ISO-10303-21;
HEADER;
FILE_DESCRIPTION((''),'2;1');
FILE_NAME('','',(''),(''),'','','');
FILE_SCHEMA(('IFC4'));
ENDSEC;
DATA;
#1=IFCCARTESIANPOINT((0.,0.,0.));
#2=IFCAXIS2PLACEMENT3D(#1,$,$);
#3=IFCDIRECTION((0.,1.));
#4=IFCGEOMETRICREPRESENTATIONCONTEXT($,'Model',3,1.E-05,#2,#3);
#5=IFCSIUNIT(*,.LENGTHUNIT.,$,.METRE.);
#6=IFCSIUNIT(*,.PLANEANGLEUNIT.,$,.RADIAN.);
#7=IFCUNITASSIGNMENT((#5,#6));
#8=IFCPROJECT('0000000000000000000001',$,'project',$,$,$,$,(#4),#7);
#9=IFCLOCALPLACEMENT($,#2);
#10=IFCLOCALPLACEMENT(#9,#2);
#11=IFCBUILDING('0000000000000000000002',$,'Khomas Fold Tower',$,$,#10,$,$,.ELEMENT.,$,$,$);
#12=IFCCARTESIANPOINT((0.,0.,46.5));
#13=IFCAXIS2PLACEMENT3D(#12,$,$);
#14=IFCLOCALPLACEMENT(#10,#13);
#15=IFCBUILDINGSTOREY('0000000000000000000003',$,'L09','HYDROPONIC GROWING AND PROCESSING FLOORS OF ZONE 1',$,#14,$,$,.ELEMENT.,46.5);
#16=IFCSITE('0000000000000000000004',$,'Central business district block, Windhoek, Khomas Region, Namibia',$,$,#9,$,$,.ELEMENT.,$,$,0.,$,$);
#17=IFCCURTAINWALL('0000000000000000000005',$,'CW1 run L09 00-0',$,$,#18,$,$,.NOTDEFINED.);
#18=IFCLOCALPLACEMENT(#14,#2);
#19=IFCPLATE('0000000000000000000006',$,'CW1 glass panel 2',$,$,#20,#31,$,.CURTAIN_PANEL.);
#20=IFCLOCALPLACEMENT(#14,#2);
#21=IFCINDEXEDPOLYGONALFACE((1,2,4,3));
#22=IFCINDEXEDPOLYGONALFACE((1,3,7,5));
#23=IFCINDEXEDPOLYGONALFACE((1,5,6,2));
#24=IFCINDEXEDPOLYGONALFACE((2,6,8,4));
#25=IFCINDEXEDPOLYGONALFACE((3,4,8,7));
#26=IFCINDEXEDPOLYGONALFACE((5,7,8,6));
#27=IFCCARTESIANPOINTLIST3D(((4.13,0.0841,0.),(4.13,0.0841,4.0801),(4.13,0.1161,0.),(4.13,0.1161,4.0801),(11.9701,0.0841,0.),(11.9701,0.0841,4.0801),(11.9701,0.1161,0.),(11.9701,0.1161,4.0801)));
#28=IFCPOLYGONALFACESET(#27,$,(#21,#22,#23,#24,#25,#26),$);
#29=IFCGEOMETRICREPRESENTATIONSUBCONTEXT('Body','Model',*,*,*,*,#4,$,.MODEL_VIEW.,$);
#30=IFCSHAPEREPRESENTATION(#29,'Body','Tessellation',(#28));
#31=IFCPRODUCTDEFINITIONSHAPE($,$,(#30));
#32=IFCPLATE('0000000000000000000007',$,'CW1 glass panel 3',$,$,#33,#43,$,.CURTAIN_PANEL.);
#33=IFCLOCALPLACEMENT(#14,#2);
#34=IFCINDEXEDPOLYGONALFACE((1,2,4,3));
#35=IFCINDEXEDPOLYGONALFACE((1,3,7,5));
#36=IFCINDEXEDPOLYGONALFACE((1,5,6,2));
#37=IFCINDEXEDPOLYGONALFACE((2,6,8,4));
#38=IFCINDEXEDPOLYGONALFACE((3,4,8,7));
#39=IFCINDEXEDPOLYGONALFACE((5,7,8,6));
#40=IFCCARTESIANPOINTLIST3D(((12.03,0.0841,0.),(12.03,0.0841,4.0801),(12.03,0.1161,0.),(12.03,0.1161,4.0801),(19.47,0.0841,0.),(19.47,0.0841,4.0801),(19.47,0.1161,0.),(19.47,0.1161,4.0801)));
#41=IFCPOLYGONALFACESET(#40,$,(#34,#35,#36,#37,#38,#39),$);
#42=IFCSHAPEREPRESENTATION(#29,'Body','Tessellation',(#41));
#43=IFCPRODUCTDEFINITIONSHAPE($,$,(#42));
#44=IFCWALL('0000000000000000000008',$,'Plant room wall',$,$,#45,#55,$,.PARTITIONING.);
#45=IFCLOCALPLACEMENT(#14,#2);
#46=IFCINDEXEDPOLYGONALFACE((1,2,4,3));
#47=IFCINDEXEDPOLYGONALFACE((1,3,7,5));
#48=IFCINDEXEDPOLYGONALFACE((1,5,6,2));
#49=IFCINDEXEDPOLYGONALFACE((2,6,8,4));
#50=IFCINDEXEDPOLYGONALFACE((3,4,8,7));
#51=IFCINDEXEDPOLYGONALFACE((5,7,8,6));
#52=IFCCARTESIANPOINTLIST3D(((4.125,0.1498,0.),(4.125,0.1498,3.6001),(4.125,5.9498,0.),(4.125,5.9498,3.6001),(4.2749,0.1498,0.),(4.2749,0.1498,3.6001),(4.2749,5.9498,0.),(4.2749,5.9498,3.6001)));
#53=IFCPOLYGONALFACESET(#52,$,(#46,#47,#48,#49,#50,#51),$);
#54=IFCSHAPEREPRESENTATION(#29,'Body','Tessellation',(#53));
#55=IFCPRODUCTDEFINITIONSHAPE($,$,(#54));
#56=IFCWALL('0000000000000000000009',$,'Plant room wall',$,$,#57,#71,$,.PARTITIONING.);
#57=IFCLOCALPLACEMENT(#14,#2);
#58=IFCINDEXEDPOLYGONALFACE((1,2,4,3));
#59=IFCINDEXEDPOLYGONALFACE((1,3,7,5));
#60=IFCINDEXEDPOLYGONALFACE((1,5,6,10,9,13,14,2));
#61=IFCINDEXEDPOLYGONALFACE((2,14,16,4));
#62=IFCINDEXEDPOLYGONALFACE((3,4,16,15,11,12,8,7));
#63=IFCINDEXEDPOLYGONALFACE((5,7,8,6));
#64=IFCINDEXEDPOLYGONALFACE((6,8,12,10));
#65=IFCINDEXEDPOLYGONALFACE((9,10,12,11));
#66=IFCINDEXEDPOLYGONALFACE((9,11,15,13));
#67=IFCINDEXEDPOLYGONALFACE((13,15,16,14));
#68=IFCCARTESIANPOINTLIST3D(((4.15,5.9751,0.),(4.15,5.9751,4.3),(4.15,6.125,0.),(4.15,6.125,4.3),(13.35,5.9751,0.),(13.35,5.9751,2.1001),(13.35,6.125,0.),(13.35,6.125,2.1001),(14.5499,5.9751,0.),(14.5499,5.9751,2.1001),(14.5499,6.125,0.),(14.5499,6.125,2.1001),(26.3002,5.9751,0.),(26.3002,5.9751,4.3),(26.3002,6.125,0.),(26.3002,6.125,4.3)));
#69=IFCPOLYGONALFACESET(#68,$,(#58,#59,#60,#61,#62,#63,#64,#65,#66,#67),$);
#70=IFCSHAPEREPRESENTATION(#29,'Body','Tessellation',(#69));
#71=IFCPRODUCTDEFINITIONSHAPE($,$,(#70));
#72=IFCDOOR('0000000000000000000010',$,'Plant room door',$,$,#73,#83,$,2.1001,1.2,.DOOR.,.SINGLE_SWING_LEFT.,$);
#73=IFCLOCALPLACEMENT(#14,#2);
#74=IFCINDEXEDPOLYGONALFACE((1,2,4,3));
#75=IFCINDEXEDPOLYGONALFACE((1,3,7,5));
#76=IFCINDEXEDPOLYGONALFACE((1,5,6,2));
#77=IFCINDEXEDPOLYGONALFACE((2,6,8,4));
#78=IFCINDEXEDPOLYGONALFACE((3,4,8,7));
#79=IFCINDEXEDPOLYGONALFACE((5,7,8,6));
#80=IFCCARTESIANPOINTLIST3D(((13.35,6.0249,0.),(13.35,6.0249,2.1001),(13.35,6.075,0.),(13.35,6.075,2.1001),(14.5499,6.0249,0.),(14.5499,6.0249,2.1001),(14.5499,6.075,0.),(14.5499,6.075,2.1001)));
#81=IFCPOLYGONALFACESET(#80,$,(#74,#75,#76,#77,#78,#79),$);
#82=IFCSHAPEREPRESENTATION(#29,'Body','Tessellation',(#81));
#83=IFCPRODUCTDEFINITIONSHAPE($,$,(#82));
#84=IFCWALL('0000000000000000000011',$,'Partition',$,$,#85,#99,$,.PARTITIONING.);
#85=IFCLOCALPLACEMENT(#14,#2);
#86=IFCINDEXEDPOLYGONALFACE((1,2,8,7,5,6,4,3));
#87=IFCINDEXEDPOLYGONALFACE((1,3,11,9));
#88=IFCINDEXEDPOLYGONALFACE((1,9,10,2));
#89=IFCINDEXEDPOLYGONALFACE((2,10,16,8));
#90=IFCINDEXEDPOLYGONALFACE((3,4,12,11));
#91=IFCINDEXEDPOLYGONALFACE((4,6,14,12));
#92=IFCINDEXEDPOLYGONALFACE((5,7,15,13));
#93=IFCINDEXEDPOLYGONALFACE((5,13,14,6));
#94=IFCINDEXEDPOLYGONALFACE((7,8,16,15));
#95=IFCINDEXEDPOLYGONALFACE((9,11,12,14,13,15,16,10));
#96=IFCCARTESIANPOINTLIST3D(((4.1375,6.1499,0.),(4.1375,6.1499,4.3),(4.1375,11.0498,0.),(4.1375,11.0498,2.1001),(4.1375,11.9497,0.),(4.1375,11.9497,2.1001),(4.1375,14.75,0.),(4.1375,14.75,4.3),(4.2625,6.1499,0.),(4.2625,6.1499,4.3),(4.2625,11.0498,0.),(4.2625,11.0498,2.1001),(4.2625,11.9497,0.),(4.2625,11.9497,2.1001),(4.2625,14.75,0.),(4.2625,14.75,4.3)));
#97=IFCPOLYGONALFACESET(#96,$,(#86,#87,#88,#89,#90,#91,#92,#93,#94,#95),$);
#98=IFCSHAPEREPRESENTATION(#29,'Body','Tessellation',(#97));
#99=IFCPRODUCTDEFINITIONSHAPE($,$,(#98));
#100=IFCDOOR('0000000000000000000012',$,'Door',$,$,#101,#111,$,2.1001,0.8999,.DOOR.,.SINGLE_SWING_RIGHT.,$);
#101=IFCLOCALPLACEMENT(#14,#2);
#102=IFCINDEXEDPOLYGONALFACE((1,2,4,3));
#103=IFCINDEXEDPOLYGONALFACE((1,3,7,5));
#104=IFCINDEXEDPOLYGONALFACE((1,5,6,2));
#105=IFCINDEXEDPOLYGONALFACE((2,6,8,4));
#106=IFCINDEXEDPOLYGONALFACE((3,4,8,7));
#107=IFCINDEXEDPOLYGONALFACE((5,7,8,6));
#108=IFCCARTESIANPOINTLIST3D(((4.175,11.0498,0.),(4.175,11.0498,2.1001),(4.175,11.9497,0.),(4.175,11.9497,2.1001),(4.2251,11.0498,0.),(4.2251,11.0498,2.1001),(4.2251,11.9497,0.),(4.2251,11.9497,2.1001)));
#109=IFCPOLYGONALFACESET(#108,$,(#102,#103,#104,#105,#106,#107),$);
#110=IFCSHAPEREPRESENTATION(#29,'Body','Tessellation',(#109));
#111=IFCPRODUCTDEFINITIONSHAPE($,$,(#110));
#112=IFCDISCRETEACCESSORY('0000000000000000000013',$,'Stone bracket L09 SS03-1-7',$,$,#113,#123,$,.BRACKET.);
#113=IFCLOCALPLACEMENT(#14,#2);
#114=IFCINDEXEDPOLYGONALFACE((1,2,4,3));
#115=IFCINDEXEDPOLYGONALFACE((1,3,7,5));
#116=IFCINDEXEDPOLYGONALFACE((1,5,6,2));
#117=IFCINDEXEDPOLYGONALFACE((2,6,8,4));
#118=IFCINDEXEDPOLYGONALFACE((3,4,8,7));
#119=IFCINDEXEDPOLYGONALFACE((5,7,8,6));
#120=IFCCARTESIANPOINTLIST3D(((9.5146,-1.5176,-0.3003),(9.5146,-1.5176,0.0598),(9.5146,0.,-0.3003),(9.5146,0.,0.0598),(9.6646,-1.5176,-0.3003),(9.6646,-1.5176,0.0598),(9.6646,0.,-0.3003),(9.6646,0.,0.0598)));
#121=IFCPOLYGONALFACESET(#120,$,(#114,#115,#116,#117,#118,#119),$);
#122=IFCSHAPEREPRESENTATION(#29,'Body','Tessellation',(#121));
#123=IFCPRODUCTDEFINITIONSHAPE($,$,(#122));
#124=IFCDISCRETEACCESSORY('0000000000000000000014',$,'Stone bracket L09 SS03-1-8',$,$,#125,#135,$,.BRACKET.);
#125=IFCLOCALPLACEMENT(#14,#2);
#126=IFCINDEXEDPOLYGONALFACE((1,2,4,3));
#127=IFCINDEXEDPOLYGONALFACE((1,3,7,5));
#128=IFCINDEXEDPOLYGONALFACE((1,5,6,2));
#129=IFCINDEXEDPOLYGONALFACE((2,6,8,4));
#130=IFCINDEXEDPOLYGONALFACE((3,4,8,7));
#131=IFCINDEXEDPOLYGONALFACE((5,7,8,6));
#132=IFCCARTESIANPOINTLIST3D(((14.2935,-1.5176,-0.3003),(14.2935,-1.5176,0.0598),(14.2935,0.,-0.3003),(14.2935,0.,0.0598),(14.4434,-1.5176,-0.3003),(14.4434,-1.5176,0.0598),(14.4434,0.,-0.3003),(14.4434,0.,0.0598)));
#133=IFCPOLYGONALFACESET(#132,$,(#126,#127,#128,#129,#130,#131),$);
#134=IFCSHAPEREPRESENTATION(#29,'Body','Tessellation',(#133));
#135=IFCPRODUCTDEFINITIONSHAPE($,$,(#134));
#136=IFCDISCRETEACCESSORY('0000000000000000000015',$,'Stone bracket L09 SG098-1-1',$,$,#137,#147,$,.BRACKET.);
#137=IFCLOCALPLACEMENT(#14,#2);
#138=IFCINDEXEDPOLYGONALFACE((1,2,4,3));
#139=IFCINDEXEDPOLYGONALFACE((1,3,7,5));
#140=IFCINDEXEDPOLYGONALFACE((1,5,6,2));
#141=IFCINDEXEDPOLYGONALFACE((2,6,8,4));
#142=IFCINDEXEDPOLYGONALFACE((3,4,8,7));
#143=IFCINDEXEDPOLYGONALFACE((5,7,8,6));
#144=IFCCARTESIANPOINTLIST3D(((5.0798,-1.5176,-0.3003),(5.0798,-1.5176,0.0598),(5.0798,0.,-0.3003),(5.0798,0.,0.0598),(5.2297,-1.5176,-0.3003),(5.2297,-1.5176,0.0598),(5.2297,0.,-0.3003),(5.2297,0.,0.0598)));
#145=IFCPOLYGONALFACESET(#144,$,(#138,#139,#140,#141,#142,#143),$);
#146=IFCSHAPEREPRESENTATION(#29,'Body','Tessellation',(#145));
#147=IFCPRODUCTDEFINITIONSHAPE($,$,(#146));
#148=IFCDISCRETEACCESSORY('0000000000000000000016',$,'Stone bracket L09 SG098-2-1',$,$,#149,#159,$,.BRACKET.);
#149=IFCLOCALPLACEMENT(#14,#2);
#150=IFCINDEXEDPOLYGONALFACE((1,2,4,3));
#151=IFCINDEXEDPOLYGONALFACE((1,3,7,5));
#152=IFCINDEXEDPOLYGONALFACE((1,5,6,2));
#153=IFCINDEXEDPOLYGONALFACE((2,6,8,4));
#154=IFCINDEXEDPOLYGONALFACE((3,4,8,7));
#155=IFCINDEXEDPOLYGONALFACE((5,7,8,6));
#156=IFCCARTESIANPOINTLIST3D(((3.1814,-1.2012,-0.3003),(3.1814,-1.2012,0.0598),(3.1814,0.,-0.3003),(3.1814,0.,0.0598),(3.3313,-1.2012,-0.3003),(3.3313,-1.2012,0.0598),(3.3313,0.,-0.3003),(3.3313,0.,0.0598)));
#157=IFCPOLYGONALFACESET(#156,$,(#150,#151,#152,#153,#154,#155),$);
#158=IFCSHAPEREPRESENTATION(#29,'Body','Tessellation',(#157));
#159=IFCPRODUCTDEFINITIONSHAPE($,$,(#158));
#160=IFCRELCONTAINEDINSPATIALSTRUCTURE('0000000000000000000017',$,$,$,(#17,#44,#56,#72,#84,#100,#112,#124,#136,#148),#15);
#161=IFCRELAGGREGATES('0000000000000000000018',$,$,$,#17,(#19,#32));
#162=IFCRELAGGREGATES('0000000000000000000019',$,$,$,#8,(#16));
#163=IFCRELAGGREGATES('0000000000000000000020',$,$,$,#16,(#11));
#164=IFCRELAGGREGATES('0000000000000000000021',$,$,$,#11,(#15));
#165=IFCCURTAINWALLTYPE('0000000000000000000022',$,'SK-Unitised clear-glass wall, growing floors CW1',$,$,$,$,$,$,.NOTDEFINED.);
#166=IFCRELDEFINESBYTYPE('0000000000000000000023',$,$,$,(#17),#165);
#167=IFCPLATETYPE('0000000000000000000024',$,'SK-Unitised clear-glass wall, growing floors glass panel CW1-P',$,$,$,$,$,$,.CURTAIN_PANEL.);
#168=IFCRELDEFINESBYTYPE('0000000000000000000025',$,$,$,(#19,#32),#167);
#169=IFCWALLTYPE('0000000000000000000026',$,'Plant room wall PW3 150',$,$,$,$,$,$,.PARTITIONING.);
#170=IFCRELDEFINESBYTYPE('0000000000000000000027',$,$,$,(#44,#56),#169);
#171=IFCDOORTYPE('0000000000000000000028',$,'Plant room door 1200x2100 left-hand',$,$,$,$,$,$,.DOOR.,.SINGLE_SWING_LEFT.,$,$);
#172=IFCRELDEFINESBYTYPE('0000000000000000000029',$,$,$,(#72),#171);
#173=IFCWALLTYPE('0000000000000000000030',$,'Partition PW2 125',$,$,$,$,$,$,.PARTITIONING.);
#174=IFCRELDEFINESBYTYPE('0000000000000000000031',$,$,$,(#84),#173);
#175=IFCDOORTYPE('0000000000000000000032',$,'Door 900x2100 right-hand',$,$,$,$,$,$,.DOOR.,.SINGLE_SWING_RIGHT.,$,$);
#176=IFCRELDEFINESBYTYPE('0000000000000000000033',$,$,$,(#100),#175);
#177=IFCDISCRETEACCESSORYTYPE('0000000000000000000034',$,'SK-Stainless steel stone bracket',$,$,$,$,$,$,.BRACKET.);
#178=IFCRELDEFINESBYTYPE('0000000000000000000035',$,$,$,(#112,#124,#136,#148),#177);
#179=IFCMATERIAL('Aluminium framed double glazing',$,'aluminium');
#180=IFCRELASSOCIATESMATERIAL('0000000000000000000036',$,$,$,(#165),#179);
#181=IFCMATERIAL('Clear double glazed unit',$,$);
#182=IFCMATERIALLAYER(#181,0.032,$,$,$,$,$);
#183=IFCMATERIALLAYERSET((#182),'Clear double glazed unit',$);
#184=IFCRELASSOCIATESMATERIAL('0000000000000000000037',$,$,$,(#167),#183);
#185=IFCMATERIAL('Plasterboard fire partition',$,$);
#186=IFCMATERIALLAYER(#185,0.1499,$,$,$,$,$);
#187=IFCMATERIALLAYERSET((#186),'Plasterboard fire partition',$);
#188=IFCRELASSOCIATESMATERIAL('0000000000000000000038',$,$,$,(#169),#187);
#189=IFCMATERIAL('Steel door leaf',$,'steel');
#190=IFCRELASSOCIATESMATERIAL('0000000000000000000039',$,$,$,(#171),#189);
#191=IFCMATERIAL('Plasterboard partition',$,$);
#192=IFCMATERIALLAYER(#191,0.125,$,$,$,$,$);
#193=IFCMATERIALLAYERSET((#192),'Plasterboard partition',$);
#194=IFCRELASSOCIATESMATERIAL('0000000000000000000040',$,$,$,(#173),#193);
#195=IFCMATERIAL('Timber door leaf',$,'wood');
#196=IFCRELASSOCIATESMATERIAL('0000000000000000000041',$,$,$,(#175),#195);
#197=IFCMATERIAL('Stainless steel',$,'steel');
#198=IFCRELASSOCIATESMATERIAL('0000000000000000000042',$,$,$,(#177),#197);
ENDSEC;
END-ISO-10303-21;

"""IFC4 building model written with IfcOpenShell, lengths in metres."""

from ifc_helpers import new_model, si_unit, direction, frame, frame_2d, origin, origin_2d, place, context, subcontext, project, spatial, rectangle, extrude, source, transform, mapped, material, layer, layer_set, type_object, element, fill, aggregate, save


model = new_model("IFC4")

# Units and contexts
model_context = context("Model", 3, precision=1e-05, world=origin(), true_north=direction((0.0, 1.0)))
body_context = subcontext(model_context, "Body", "Model", "MODEL_VIEW")
ifc_project = project(units=[si_unit("LENGTHUNIT", "METRE"), si_unit("PLANEANGLEUNIT", "RADIAN")], contexts=[model_context])

# Site, building, storey
site_placement = place(None, origin())
site = spatial("IfcSite", under=ifc_project, at=site_placement, Name="Central business district block, Windhoek, Khomas Region, Namibia", CompositionType="ELEMENT", RefElevation=0.0)
building_placement = place(site_placement, origin())
building = spatial("IfcBuilding", under=site, at=building_placement, Name="Khomas Fold Tower", CompositionType="ELEMENT")
storey_placement = place(building_placement, frame((0.0, 0.0, 46.5)))
storey = spatial("IfcBuildingStorey", under=building, at=storey_placement, Name="L09", Description="HYDROPONIC GROWING AND PROCESSING FLOORS OF ZONE 1", CompositionType="ELEMENT", Elevation=46.5)

# Curtain wall
ifc_material_1 = material(Name="Aluminium framed double glazing", Category="aluminium")
curtain_wall_type = type_object("IfcCurtainWallType", Name="SK-Unitised clear-glass wall, growing floors CW1", PredefinedType="NOTDEFINED", material=ifc_material_1)
curtain_wall_1_placement = place(storey_placement, origin())
curtain_wall_1 = element("IfcCurtainWall", 1, at=curtain_wall_1_placement, inside=storey, type_object=curtain_wall_type, Name="CW1 run L09 00-0", PredefinedType="NOTDEFINED")

# Plates
ifc_material_2 = material(Name="Clear double glazed unit")
ifc_layer_1 = layer(ifc_material_2, 0.032)
ifc_layer_set_1 = layer_set([ifc_layer_1], Name="Clear double glazed unit")
plate_type_1 = type_object("IfcPlateType", Name="SK-Unitised clear-glass wall, growing floors glass panel CW1-P", PredefinedType="CURTAIN_PANEL", material=ifc_layer_set_1)
shared_shape_1 = source(origin(), body_context, "Body", "SweptSolid", [
    extrude(rectangle(XDim=7.8401, YDim=0.032, at=origin_2d()), origin(), (0.0, 0.0, 1.0), 4.0801),
])
plate_1_placement = place(storey_placement, frame((8.05, 0.1001, 0.0), z_axis=(0.0, 0.0, 1.0), x_axis=(1.0, 0.0, 0.0)))
plate_1 = element("IfcPlate", 2, at=plate_1_placement, type_object=plate_type_1, Name="CW1 glass panel 2", PredefinedType="CURTAIN_PANEL", context=body_context, shape_type="MappedRepresentation", body=[
    mapped(shared_shape_1, transform((0.0, 0.0, 0.0))),
])
shared_shape_2 = source(origin(), body_context, "Body", "SweptSolid", [
    extrude(rectangle(XDim=7.4399, YDim=0.032, at=origin_2d()), origin(), (0.0, 0.0, 1.0), 4.0801),
])
plate_2_placement = place(storey_placement, frame((15.75, 0.1001, 0.0), z_axis=(0.0, 0.0, 1.0), x_axis=(1.0, 0.0, 0.0)))
plate_2 = element("IfcPlate", 3, at=plate_2_placement, type_object=plate_type_1, Name="CW1 glass panel 3", PredefinedType="CURTAIN_PANEL", context=body_context, shape_type="MappedRepresentation", body=[
    mapped(shared_shape_2, transform((0.0, 0.0, 0.0))),
])
aggregate(curtain_wall_1, [plate_1, plate_2])

# Wall
ifc_material_3 = material(Name="Plasterboard fire partition")
ifc_layer_2 = layer(ifc_material_3, 0.1499)
ifc_layer_set_2 = layer_set([ifc_layer_2], Name="Plasterboard fire partition")
wall_type_1 = type_object("IfcWallType", Name="Plant room wall PW3 150", PredefinedType="PARTITIONING", material=ifc_layer_set_2)
shared_shape_3 = source(origin(), body_context, "Body", "SweptSolid", [
    extrude(rectangle(XDim=5.8, YDim=0.1499, at=frame_2d((2.8999, 0.0))), origin(), (0.0, 0.0, 1.0), 3.6001),
])
wall_1_placement = place(storey_placement, frame((4.2, 0.1499, 0.0), z_axis=(0.0, 0.0, 1.0), x_axis=(0.0, 1.0, 0.0)))
element("IfcWall", 4, at=wall_1_placement, inside=storey, type_object=wall_type_1, Name="Plant room wall", PredefinedType="PARTITIONING", context=body_context, shape_type="MappedRepresentation", body=[
    mapped(shared_shape_3, transform((0.0, 0.0, 0.0))),
])

# Walls, openings, doors
shared_shape_4 = source(origin(), body_context, "Body", "SweptSolid", [
    extrude(rectangle(XDim=22.1501, YDim=0.1499, at=frame_2d((11.0752, 0.0))), origin(), (0.0, 0.0, 1.0), 4.3),
])
wall_2_placement = place(storey_placement, frame((4.1499, 6.05, 0.0), z_axis=(0.0, 0.0, 1.0), x_axis=(1.0, 0.0, 0.0)))
wall_2 = element("IfcWall", 5, at=wall_2_placement, inside=storey, type_object=wall_type_1, Name="Plant room wall", PredefinedType="PARTITIONING", context=body_context, shape_type="MappedRepresentation", body=[
    mapped(shared_shape_4, transform((0.0, 0.0, 0.0))),
])
shared_shape_5 = source(origin(), body_context, "Body", "SweptSolid", [
    extrude(rectangle(XDim=1.2, YDim=2.1001, at=frame_2d((0.6001, 1.05))), frame((0.0, 0.085, 0.0), z_axis=(0.0, -1.0, 0.0), x_axis=(1.0, 0.0, 0.0)), (0.0, 0.0, 1.0), 0.1699),
])
opening_1_placement = place(wall_2_placement, frame((9.2, 0.0, 0.0)))
opening_1 = element("IfcOpeningElement", 6, at=opening_1_placement, cuts=wall_2, PredefinedType="OPENING", context=body_context, shape_type="MappedRepresentation", body=[
    mapped(shared_shape_5, transform((0.0, 0.0, 0.0))),
])
ifc_material_4 = material(Name="Steel door leaf", Category="steel")
door_type_1 = type_object("IfcDoorType", Name="Plant room door 1200x2100 left-hand", OperationType="SINGLE_SWING_LEFT", PredefinedType="DOOR", material=ifc_material_4)
shared_shape_6 = source(origin(), body_context, "Body", "SweptSolid", [
    extrude(rectangle(XDim=1.2, YDim=2.1001, at=frame_2d((0.6001, 1.05))), frame((0.0, 0.0249, 0.0), z_axis=(0.0, -1.0, 0.0), x_axis=(1.0, 0.0, 0.0)), (0.0, 0.0, 1.0), 0.05),
])
door_1_placement = place(opening_1_placement, origin())
door_1 = element("IfcDoor", 7, at=door_1_placement, inside=storey, type_object=door_type_1, Name="Plant room door", OperationType="SINGLE_SWING_LEFT", OverallHeight=2.1001, OverallWidth=1.2, PredefinedType="DOOR", context=body_context, shape_type="MappedRepresentation", body=[
    mapped(shared_shape_6, transform((0.0, 0.0, 0.0))),
])
fill(opening_1, door_1)
ifc_material_5 = material(Name="Plasterboard partition")
ifc_layer_3 = layer(ifc_material_5, 0.125)
ifc_layer_set_3 = layer_set([ifc_layer_3], Name="Plasterboard partition")
wall_type_2 = type_object("IfcWallType", Name="Partition PW2 125", PredefinedType="PARTITIONING", material=ifc_layer_set_3)
shared_shape_7 = source(origin(), body_context, "Body", "SweptSolid", [
    extrude(rectangle(XDim=8.6001, YDim=0.125, at=frame_2d((4.3, 0.0))), origin(), (0.0, 0.0, 1.0), 4.3),
])
wall_3_placement = place(storey_placement, frame((4.2, 6.1499, 0.0), z_axis=(0.0, 0.0, 1.0), x_axis=(0.0, 1.0, 0.0)))
wall_3 = element("IfcWall", 8, at=wall_3_placement, inside=storey, type_object=wall_type_2, Name="Partition", PredefinedType="PARTITIONING", context=body_context, shape_type="MappedRepresentation", body=[
    mapped(shared_shape_7, transform((0.0, 0.0, 0.0))),
])
shared_shape_8 = source(origin(), body_context, "Body", "SweptSolid", [
    extrude(rectangle(XDim=0.8999, YDim=2.1001, at=frame_2d((0.45, 1.05))), frame((0.0, 0.0725, 0.0), z_axis=(0.0, -1.0, 0.0), x_axis=(1.0, 0.0, 0.0)), (0.0, 0.0, 1.0), 0.145),
])
opening_2_placement = place(wall_3_placement, frame((4.8999, 0.0, 0.0)))
opening_2 = element("IfcOpeningElement", 9, at=opening_2_placement, cuts=wall_3, PredefinedType="OPENING", context=body_context, shape_type="MappedRepresentation", body=[
    mapped(shared_shape_8, transform((0.0, 0.0, 0.0))),
])
ifc_material_6 = material(Name="Timber door leaf", Category="wood")
door_type_2 = type_object("IfcDoorType", Name="Door 900x2100 right-hand", OperationType="SINGLE_SWING_RIGHT", PredefinedType="DOOR", material=ifc_material_6)
shared_shape_9 = source(origin(), body_context, "Body", "SweptSolid", [
    extrude(rectangle(XDim=0.8999, YDim=2.1001, at=frame_2d((0.45, 1.05))), frame((0.0, 0.0249, 0.0), z_axis=(0.0, -1.0, 0.0), x_axis=(1.0, 0.0, 0.0)), (0.0, 0.0, 1.0), 0.05),
])
door_2_placement = place(opening_2_placement, origin())
door_2 = element("IfcDoor", 10, at=door_2_placement, inside=storey, type_object=door_type_2, Name="Door", OperationType="SINGLE_SWING_RIGHT", OverallHeight=2.1001, OverallWidth=0.8999, PredefinedType="DOOR", context=body_context, shape_type="MappedRepresentation", body=[
    mapped(shared_shape_9, transform((0.0, 0.0, 0.0))),
])
fill(opening_2, door_2)

# Discrete accessories
ifc_material_7 = material(Name="Stainless steel", Category="steel")
discrete_accessory_type = type_object("IfcDiscreteAccessoryType", Name="SK-Stainless steel stone bracket", PredefinedType="BRACKET", material=ifc_material_7)
shared_shape_10 = source(origin(), body_context, "Body", "SweptSolid", [
    extrude(rectangle(XDim=1.5176, YDim=0.1499, at=origin_2d()), origin(), (0.0, 0.0, 1.0), 0.3601),
])
for number, where, z_axis, x_axis, name in (
    (11, (9.5896, -0.7588, -0.3003), (0.0, 0.0, 1.0), (0.0, -1.0, 0.0), "Stone bracket L09 SS03-1-7"),
    (12, (14.3684, -0.7588, -0.3003), (0.0, 0.0, 1.0), (0.0, -1.0, 0.0), "Stone bracket L09 SS03-1-8"),
    (13, (5.1548, -0.7588, -0.3003), (0.0, 0.0, 1.0), (0.0, -1.0, 0.0), "Stone bracket L09 SG098-1-1"),
):
    element("IfcDiscreteAccessory", number, at=place(storey_placement, frame(where, z_axis=z_axis, x_axis=x_axis)), inside=storey, type_object=discrete_accessory_type, Name=name, PredefinedType="BRACKET", context=body_context, shape_type="MappedRepresentation", body=[
        mapped(shared_shape_10, transform((0.0, 0.0, 0.0))),
    ])
shared_shape_11 = source(origin(), body_context, "Body", "SweptSolid", [
    extrude(rectangle(XDim=1.2012, YDim=0.1499, at=origin_2d()), origin(), (0.0, 0.0, 1.0), 0.3601),
])
discrete_accessory_placement = place(storey_placement, frame((3.2563, -0.6006, -0.3003), z_axis=(0.0, 0.0, 1.0), x_axis=(0.0, -1.0, 0.0)))
element("IfcDiscreteAccessory", 14, at=discrete_accessory_placement, inside=storey, type_object=discrete_accessory_type, Name="Stone bracket L09 SG098-2-1", PredefinedType="BRACKET", context=body_context, shape_type="MappedRepresentation", body=[
    mapped(shared_shape_11, transform((0.0, 0.0, 0.0))),
])

save(model, "model.ifc")
